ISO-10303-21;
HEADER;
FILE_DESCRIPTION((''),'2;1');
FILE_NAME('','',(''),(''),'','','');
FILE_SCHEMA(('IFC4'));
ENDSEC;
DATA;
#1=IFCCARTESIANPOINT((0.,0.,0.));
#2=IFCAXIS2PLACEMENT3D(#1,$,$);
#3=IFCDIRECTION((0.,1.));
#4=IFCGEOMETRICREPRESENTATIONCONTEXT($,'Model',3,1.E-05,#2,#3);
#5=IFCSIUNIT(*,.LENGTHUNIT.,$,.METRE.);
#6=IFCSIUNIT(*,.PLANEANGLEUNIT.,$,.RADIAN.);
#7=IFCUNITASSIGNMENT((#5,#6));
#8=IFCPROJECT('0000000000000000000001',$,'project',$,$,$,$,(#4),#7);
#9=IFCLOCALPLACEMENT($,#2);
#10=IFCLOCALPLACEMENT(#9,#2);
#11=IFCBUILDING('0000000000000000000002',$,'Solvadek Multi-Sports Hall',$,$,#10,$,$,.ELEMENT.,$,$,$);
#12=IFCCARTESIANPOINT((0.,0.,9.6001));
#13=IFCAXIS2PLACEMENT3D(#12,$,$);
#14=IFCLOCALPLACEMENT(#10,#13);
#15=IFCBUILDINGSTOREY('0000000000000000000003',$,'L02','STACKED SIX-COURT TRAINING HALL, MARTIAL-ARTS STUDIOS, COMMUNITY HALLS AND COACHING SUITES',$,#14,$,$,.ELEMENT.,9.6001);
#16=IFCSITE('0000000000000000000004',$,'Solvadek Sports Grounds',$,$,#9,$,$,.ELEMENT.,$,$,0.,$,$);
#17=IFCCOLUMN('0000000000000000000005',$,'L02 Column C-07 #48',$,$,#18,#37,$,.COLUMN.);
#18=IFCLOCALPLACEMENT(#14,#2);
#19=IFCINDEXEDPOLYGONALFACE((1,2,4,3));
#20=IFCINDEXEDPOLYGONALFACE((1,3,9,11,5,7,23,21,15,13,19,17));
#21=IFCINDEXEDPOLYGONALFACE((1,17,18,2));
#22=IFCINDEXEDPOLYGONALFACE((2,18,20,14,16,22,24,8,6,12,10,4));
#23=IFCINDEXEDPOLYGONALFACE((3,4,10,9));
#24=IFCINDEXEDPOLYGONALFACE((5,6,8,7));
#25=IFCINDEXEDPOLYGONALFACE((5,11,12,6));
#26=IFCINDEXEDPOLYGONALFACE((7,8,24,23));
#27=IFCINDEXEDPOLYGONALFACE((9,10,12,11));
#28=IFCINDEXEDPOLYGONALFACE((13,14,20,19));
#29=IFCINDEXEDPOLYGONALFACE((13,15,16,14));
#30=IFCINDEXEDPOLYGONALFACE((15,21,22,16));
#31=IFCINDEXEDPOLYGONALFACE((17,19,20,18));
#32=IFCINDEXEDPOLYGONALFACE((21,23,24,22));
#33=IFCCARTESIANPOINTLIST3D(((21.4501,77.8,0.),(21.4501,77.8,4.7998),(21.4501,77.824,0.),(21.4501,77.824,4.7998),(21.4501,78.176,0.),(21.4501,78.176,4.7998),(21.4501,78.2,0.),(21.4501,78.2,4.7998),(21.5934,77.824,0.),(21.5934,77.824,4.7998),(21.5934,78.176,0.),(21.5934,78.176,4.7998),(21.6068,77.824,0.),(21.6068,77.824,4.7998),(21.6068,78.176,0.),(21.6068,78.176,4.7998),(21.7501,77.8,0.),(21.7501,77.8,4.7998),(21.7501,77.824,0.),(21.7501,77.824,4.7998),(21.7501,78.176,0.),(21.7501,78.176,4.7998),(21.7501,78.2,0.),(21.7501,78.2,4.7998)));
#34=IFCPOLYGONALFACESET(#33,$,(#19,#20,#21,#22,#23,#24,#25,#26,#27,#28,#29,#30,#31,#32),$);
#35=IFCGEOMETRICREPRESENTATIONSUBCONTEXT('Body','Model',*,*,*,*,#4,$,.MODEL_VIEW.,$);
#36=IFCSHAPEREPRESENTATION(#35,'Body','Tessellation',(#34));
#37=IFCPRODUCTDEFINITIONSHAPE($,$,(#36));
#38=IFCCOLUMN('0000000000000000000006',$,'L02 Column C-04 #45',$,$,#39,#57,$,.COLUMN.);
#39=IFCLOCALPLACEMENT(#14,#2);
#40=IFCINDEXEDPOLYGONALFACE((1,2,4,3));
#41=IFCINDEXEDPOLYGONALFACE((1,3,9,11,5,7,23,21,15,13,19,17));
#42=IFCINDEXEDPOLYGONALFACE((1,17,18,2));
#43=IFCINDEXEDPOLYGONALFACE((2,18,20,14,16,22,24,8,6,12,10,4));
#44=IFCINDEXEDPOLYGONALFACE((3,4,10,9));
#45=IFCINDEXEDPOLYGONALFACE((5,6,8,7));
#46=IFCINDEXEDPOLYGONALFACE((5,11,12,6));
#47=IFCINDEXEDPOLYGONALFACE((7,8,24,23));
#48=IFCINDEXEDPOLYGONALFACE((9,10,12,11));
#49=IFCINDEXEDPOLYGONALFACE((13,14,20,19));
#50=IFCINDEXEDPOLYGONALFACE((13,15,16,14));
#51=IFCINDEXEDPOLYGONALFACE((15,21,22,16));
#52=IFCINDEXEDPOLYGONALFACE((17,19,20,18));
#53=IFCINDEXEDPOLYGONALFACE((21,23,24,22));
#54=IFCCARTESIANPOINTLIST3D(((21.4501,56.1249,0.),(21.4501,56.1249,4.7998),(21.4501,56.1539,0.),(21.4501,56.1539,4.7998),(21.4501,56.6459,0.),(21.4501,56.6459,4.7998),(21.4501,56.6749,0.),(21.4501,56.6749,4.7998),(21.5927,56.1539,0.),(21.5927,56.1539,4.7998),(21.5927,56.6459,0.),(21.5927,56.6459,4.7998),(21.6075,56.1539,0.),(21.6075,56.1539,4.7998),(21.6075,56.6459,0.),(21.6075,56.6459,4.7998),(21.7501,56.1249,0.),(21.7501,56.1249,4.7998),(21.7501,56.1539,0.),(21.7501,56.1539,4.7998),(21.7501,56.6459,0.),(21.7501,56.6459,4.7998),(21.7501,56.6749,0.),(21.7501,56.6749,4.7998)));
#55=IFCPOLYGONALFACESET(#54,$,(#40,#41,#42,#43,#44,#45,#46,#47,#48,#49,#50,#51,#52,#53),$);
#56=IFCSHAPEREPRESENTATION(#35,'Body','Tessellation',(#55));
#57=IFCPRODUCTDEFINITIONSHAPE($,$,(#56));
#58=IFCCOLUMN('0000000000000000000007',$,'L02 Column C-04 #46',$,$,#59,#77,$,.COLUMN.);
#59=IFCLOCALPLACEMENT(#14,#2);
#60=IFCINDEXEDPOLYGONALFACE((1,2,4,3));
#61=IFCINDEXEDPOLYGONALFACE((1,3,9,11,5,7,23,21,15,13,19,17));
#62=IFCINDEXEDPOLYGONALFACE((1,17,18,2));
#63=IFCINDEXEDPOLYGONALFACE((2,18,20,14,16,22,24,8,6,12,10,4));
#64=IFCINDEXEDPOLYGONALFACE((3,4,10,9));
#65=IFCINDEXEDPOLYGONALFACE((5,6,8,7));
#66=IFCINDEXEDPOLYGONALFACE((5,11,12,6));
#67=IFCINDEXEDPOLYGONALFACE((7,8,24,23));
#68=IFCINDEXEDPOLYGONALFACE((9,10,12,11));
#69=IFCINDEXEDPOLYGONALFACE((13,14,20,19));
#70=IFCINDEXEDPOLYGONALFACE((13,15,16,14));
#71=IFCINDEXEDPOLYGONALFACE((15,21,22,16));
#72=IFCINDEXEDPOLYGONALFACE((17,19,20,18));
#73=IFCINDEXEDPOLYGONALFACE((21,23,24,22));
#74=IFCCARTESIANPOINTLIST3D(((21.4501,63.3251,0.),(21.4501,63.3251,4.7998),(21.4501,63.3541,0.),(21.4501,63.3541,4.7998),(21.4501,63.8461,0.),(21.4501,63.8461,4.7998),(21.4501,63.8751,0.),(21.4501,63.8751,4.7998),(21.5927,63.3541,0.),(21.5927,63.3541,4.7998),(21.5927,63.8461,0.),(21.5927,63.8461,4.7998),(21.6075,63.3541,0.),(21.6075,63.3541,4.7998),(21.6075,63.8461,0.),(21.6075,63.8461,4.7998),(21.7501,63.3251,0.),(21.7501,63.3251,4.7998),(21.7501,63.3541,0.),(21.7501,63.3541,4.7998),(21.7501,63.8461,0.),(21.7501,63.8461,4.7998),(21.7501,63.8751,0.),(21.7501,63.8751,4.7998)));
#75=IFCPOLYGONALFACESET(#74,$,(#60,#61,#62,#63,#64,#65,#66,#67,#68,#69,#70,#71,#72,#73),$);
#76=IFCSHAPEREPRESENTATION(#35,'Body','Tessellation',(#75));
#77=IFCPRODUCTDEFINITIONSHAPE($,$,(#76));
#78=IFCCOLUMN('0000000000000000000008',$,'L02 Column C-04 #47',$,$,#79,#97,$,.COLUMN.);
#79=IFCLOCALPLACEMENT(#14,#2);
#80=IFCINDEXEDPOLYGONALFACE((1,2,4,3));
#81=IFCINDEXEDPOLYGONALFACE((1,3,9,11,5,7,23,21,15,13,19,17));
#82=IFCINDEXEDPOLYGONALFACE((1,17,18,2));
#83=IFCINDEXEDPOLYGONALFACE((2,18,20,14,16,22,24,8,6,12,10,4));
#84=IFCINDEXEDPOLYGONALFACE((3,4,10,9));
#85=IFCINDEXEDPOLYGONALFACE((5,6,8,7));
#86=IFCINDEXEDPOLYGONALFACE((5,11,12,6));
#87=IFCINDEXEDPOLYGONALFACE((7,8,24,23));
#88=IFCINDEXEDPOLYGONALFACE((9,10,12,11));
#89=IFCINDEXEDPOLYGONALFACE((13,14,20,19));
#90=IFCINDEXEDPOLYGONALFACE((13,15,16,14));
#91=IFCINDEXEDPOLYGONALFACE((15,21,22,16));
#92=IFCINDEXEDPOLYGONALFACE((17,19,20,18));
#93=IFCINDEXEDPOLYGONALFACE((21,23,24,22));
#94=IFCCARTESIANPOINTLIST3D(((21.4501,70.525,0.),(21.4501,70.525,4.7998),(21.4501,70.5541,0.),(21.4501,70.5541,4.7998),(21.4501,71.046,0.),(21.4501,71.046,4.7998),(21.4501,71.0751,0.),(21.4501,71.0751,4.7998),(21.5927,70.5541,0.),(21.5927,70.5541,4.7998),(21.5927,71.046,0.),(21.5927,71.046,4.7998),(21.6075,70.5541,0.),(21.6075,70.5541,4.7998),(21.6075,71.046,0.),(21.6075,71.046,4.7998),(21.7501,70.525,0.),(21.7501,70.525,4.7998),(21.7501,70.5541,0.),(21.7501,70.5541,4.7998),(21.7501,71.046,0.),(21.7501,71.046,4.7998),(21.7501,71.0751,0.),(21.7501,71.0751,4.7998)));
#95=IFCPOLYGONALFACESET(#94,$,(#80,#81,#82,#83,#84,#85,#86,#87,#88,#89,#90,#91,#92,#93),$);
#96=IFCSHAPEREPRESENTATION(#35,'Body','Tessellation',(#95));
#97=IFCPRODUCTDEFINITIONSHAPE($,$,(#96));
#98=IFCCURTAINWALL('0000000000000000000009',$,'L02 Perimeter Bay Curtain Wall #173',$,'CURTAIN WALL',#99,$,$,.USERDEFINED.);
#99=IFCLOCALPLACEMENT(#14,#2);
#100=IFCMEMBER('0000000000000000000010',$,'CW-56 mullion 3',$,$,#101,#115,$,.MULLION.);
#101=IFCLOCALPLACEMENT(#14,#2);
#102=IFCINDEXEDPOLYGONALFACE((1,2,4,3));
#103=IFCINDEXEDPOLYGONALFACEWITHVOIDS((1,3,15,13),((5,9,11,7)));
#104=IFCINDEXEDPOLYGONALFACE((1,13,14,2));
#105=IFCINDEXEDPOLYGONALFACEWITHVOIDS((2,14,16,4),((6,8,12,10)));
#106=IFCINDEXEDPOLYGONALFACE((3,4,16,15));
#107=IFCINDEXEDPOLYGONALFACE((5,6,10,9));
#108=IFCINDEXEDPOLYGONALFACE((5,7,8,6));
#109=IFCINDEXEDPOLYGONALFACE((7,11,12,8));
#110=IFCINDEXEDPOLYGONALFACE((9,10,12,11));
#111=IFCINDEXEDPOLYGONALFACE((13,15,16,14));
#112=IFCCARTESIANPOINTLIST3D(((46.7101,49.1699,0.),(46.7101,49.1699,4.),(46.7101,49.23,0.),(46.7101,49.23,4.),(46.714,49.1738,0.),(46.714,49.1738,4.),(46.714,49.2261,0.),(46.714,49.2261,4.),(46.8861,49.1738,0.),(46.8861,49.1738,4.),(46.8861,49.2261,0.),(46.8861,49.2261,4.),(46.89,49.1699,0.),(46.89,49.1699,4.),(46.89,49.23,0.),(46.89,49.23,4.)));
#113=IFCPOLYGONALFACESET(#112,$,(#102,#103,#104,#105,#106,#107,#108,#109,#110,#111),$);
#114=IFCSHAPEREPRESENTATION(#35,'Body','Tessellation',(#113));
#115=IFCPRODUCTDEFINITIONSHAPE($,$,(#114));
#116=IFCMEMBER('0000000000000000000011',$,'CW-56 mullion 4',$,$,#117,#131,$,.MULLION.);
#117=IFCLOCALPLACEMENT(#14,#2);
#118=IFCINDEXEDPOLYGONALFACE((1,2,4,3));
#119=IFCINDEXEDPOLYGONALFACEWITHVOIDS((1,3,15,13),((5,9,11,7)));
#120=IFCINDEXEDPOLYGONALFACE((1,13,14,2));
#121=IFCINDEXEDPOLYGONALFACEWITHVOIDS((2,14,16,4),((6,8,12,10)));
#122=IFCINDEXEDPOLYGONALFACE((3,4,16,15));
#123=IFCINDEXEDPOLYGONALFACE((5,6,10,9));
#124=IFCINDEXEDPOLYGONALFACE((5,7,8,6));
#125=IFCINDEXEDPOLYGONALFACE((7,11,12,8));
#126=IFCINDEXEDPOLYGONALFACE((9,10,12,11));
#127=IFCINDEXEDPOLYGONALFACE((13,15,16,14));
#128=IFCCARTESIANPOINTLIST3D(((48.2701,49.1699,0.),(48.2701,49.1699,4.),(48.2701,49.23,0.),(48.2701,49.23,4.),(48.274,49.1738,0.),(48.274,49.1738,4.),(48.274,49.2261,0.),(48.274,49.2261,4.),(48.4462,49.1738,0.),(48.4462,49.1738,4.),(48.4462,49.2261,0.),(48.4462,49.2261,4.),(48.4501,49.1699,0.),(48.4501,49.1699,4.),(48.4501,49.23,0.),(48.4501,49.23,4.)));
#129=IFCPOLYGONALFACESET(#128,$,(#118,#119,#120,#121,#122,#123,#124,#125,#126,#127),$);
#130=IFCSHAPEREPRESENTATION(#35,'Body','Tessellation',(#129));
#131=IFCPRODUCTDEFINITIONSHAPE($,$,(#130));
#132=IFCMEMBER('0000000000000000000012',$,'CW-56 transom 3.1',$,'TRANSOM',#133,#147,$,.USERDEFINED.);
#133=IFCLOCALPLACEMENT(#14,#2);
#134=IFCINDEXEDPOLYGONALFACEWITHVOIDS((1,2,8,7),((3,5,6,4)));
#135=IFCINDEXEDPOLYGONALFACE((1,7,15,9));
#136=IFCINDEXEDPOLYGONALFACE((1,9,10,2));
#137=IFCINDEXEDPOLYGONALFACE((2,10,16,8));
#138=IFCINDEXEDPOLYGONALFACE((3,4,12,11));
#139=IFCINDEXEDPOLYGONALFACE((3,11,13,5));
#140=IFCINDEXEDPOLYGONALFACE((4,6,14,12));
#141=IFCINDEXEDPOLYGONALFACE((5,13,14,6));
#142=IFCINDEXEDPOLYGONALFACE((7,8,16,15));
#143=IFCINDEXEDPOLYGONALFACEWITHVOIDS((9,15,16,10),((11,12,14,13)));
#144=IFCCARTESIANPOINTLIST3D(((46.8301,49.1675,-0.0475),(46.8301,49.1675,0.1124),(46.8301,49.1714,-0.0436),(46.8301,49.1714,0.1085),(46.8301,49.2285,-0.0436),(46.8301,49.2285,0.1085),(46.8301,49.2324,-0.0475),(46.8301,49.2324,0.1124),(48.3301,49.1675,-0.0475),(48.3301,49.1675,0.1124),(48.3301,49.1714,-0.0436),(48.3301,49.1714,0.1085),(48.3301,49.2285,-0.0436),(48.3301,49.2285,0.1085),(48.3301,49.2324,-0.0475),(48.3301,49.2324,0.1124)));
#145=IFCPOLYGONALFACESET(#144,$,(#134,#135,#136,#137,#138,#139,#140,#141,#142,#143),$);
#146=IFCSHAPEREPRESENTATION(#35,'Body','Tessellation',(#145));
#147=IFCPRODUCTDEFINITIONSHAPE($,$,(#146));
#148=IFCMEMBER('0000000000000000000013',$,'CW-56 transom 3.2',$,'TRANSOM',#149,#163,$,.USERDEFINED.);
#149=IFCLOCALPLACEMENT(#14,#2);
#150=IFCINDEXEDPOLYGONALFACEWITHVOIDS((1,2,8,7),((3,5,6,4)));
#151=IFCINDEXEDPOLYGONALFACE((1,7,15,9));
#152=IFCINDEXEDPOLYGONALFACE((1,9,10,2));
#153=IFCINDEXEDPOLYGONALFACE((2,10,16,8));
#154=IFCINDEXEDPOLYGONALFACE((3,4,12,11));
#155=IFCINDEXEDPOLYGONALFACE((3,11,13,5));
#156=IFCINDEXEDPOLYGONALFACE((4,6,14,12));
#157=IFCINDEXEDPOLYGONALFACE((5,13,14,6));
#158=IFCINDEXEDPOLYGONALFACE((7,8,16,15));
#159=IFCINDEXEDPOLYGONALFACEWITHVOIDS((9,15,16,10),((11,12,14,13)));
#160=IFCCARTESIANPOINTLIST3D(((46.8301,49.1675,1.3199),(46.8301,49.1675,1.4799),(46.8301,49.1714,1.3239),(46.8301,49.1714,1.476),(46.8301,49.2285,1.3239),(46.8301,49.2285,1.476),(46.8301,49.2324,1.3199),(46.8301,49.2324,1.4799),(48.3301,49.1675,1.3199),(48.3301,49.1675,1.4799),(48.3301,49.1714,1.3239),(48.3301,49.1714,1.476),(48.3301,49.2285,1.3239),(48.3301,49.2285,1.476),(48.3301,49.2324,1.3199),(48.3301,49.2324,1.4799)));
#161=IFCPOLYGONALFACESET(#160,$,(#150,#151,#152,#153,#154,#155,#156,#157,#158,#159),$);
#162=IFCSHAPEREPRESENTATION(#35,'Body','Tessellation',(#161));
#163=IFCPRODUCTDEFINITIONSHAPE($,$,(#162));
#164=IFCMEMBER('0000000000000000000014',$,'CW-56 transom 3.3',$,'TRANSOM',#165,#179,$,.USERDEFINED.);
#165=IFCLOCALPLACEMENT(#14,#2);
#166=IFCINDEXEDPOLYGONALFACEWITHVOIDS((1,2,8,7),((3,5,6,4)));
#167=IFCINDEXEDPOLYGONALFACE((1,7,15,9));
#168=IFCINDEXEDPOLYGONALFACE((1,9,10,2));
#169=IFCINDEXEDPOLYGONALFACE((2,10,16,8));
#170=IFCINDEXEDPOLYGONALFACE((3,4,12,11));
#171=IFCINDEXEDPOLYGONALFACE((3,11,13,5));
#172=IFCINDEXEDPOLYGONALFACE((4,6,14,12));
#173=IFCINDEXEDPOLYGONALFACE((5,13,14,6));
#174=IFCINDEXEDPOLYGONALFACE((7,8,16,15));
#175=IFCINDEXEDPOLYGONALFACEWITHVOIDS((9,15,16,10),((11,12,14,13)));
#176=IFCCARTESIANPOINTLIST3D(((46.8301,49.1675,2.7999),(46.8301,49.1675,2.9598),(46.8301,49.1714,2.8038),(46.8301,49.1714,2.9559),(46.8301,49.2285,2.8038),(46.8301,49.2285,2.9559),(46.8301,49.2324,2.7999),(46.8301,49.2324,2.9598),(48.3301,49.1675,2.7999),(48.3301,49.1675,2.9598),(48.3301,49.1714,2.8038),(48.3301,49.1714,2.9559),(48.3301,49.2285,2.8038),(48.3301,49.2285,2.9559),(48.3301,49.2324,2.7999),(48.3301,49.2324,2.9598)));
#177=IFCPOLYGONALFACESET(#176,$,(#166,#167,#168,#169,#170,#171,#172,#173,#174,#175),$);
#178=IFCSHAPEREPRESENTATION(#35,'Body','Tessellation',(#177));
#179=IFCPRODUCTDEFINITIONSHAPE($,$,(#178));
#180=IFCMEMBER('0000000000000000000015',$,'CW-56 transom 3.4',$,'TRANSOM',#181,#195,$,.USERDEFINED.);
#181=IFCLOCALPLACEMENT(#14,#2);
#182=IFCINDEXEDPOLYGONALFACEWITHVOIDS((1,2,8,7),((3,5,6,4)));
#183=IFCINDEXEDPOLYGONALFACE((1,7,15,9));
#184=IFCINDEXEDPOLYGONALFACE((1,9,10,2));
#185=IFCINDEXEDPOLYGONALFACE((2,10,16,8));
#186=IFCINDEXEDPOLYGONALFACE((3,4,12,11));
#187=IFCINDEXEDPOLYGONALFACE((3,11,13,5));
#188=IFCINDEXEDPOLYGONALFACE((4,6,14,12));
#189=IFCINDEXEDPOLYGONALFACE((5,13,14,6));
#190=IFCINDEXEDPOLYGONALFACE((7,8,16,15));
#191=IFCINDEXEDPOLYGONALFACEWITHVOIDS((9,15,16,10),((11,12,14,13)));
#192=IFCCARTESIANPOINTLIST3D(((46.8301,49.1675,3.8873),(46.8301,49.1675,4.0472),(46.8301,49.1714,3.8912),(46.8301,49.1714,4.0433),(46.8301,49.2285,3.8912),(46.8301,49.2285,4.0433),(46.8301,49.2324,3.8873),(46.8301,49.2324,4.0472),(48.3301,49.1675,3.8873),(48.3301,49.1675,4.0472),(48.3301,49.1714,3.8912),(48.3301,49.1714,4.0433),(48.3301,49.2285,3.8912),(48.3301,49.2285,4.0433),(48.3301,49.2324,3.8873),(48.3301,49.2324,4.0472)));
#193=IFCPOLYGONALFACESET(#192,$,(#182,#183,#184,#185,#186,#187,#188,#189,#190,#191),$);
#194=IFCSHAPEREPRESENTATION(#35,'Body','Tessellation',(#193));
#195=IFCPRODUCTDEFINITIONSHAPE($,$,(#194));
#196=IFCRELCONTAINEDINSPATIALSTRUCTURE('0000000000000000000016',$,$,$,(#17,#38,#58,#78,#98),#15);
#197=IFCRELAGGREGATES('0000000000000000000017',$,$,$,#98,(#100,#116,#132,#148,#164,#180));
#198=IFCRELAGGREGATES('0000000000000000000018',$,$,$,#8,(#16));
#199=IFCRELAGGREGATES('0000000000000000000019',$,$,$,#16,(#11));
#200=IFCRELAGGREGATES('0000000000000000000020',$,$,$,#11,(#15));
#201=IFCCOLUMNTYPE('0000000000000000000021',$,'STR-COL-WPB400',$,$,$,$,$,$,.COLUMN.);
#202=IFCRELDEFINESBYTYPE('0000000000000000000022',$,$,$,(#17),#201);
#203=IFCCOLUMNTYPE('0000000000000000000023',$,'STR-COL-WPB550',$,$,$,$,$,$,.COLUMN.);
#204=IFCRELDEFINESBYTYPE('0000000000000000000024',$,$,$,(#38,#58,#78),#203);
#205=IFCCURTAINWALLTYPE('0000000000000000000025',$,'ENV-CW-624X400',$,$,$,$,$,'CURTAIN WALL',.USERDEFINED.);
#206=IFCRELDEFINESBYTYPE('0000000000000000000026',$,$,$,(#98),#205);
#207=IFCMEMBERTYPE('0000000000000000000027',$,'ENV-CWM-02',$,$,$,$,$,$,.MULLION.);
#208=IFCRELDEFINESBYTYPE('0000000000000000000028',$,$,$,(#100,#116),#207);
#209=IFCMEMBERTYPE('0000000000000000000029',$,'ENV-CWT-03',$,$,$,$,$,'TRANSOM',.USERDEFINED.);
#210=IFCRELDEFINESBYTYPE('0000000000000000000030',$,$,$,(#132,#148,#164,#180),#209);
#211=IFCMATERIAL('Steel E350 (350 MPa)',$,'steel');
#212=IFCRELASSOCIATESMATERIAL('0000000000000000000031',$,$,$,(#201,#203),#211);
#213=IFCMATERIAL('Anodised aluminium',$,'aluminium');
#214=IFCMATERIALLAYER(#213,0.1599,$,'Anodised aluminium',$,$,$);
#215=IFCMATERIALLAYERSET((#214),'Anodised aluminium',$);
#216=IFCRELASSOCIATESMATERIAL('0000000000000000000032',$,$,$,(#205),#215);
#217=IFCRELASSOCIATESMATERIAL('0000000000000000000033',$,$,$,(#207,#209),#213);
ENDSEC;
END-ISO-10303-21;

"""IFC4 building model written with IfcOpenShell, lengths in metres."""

from ifc_helpers import new_model, si_unit, direction, frame, origin, origin_2d, place, context, subcontext, project, spatial, hollow_rectangle, i_section, extrude, material, layer, layer_set, material_profile, profile_set, type_object, element, aggregate, save


model = new_model("IFC4")

# Units and contexts
model_context = context("Model", 3, precision=1e-05, world=origin(), true_north=direction((0.0, 1.0)))
body_context = subcontext(model_context, "Body", "Model", "MODEL_VIEW")
ifc_project = project(units=[si_unit("LENGTHUNIT", "METRE"), si_unit("PLANEANGLEUNIT", "RADIAN")], contexts=[model_context])

# Site, building, storey
site_placement = place(None, origin())
site = spatial("IfcSite", under=ifc_project, at=site_placement, Name="Solvadek Sports Grounds", CompositionType="ELEMENT", RefElevation=0.0)
building_placement = place(site_placement, origin())
building = spatial("IfcBuilding", under=site, at=building_placement, Name="Solvadek Multi-Sports Hall", CompositionType="ELEMENT")
storey_placement = place(building_placement, frame((0.0, 0.0, 9.6001)))
storey = spatial("IfcBuildingStorey", under=building, at=storey_placement, Name="L02", Description="STACKED SIX-COURT TRAINING HALL, MARTIAL-ARTS STUDIOS, COMMUNITY HALLS AND COACHING SUITES", CompositionType="ELEMENT", Elevation=9.6001)

# Columns
ifc_material_1 = material(Name="Steel E350 (350 MPa)", Category="steel")
ifc_material_profile_1 = material_profile(ifc_material_1, i_section(OverallWidth=0.3, OverallDepth=0.3999, WebThickness=0.0134, FlangeThickness=0.0239, at=origin_2d()), Name="WPB 400")
ifc_profile_set_1 = profile_set([ifc_material_profile_1], Name="Steel E350 (350 MPa)")
column_type_1 = type_object("IfcColumnType", Name="STR-COL-WPB400", PredefinedType="COLUMN", material=ifc_profile_set_1)
column_placement = place(storey_placement, frame((21.6001, 78.0, 0.0), z_axis=(0.0, 0.0, 1.0), x_axis=(1.0, 0.0, 0.0)))
element("IfcColumn", 1, at=column_placement, inside=storey, type_object=column_type_1, Name="L02 Column C-07 #48", PredefinedType="COLUMN", context=body_context, shape_type="SweptSolid", body=[
    extrude(i_section(OverallWidth=0.3, OverallDepth=0.3999, WebThickness=0.0134, FlangeThickness=0.0239, at=origin_2d()), origin(), (0.0, 0.0, 1.0), 4.7998),
])
ifc_material_profile_2 = material_profile(ifc_material_1, i_section(OverallWidth=0.3, OverallDepth=0.55, WebThickness=0.0149, FlangeThickness=0.0291, at=origin_2d()), Name="WPB 550")
ifc_profile_set_2 = profile_set([ifc_material_profile_2], Name="Steel E350 (350 MPa)")
column_type_2 = type_object("IfcColumnType", Name="STR-COL-WPB550", PredefinedType="COLUMN", material=ifc_profile_set_2)
for number, where, z_axis, x_axis, name in (
    (2, (21.6001, 56.3999, 0.0), (0.0, 0.0, 1.0), (1.0, 0.0, 0.0), "L02 Column C-04 #45"),
    (3, (21.6001, 63.6001, 0.0), (0.0, 0.0, 1.0), (1.0, 0.0, 0.0), "L02 Column C-04 #46"),
    (4, (21.6001, 70.8, 0.0), (0.0, 0.0, 1.0), (1.0, 0.0, 0.0), "L02 Column C-04 #47"),
):
    element("IfcColumn", number, at=place(storey_placement, frame(where, z_axis=z_axis, x_axis=x_axis)), inside=storey, type_object=column_type_2, Name=name, PredefinedType="COLUMN", context=body_context, shape_type="SweptSolid", body=[
        extrude(i_section(OverallWidth=0.3, OverallDepth=0.55, WebThickness=0.0149, FlangeThickness=0.0291, at=origin_2d()), origin(), (0.0, 0.0, 1.0), 4.7998),
    ])

# Curtain wall, members
ifc_material_2 = material(Name="Anodised aluminium", Category="aluminium")
ifc_layer_1 = layer(ifc_material_2, 0.1599, Name="Anodised aluminium")
ifc_layer_set_1 = layer_set([ifc_layer_1], Name="Anodised aluminium")
curtain_wall_type = type_object("IfcCurtainWallType", Name="ENV-CW-624X400", ElementType="CURTAIN WALL", PredefinedType="USERDEFINED", material=ifc_layer_set_1)
curtain_wall_placement = place(storey_placement, origin())
curtain_wall = element("IfcCurtainWall", 5, at=curtain_wall_placement, inside=storey, type_object=curtain_wall_type, Name="L02 Perimeter Bay Curtain Wall #173", ObjectType="CURTAIN WALL", PredefinedType="USERDEFINED")
ifc_material_profile_3 = material_profile(ifc_material_2, hollow_rectangle(XDim=0.0601, YDim=0.1799, WallThickness=0.0039, at=origin_2d()), Name="ALU-M 180x60x4")
ifc_profile_set_3 = profile_set([ifc_material_profile_3], Name="Anodised aluminium")
member_type_1 = type_object("IfcMemberType", Name="ENV-CWM-02", PredefinedType="MULLION", material=ifc_profile_set_3)
member_1_placement = place(storey_placement, frame((46.8, 49.2, 0.0), z_axis=(0.0, 0.0, 1.0), x_axis=(0.0, 1.0, 0.0)))
member_1 = element("IfcMember", 6, at=member_1_placement, type_object=member_type_1, Name="CW-56 mullion 3", PredefinedType="MULLION", context=body_context, shape_type="SweptSolid", body=[
    extrude(hollow_rectangle(XDim=0.0601, YDim=0.1799, WallThickness=0.0039, at=origin_2d()), origin(), (0.0, 0.0, 1.0), 4.0),
])
member_2_placement = place(storey_placement, frame((48.3601, 49.2, 0.0), z_axis=(0.0, 0.0, 1.0), x_axis=(0.0, 1.0, 0.0)))
member_2 = element("IfcMember", 7, at=member_2_placement, type_object=member_type_1, Name="CW-56 mullion 4", PredefinedType="MULLION", context=body_context, shape_type="SweptSolid", body=[
    extrude(hollow_rectangle(XDim=0.0601, YDim=0.1799, WallThickness=0.0039, at=origin_2d()), origin(), (0.0, 0.0, 1.0), 4.0),
])
ifc_material_profile_4 = material_profile(ifc_material_2, hollow_rectangle(XDim=0.0649, YDim=0.1599, WallThickness=0.0039, at=origin_2d()), Name="ALU-T 160x65x4")
ifc_profile_set_4 = profile_set([ifc_material_profile_4], Name="Anodised aluminium")
member_type_2 = type_object("IfcMemberType", Name="ENV-CWT-03", ElementType="TRANSOM", PredefinedType="USERDEFINED", material=ifc_profile_set_4)
member_3_placement = place(storey_placement, frame((46.8301, 49.2, 0.0325), z_axis=(1.0, 0.0, 0.0), x_axis=(0.0, 1.0, 0.0)))
member_3 = element("IfcMember", 8, at=member_3_placement, type_object=member_type_2, Name="CW-56 transom 3.1", ObjectType="TRANSOM", PredefinedType="USERDEFINED", context=body_context, shape_type="SweptSolid", body=[
    extrude(hollow_rectangle(XDim=0.0649, YDim=0.1599, WallThickness=0.0039, at=origin_2d()), origin(), (0.0, 0.0, 1.0), 1.5),
])
member_4_placement = place(storey_placement, frame((46.8301, 49.2, 1.3999), z_axis=(1.0, 0.0, 0.0), x_axis=(0.0, 1.0, 0.0)))
member_4 = element("IfcMember", 9, at=member_4_placement, type_object=member_type_2, Name="CW-56 transom 3.2", ObjectType="TRANSOM", PredefinedType="USERDEFINED", context=body_context, shape_type="SweptSolid", body=[
    extrude(hollow_rectangle(XDim=0.0649, YDim=0.1599, WallThickness=0.0039, at=origin_2d()), origin(), (0.0, 0.0, 1.0), 1.5),
])
member_5_placement = place(storey_placement, frame((46.8301, 49.2, 2.8799), z_axis=(1.0, 0.0, 0.0), x_axis=(0.0, 1.0, 0.0)))
member_5 = element("IfcMember", 10, at=member_5_placement, type_object=member_type_2, Name="CW-56 transom 3.3", ObjectType="TRANSOM", PredefinedType="USERDEFINED", context=body_context, shape_type="SweptSolid", body=[
    extrude(hollow_rectangle(XDim=0.0649, YDim=0.1599, WallThickness=0.0039, at=origin_2d()), origin(), (0.0, 0.0, 1.0), 1.5),
])
member_6_placement = place(storey_placement, frame((46.8301, 49.2, 3.9673), z_axis=(1.0, 0.0, 0.0), x_axis=(0.0, 1.0, 0.0)))
member_6 = element("IfcMember", 11, at=member_6_placement, type_object=member_type_2, Name="CW-56 transom 3.4", ObjectType="TRANSOM", PredefinedType="USERDEFINED", context=body_context, shape_type="SweptSolid", body=[
    extrude(hollow_rectangle(XDim=0.0649, YDim=0.1599, WallThickness=0.0039, at=origin_2d()), origin(), (0.0, 0.0, 1.0), 1.5),
])

aggregate(curtain_wall, [member_1, member_2, member_3, member_4, member_5, member_6])

save(model, "model.ifc")
